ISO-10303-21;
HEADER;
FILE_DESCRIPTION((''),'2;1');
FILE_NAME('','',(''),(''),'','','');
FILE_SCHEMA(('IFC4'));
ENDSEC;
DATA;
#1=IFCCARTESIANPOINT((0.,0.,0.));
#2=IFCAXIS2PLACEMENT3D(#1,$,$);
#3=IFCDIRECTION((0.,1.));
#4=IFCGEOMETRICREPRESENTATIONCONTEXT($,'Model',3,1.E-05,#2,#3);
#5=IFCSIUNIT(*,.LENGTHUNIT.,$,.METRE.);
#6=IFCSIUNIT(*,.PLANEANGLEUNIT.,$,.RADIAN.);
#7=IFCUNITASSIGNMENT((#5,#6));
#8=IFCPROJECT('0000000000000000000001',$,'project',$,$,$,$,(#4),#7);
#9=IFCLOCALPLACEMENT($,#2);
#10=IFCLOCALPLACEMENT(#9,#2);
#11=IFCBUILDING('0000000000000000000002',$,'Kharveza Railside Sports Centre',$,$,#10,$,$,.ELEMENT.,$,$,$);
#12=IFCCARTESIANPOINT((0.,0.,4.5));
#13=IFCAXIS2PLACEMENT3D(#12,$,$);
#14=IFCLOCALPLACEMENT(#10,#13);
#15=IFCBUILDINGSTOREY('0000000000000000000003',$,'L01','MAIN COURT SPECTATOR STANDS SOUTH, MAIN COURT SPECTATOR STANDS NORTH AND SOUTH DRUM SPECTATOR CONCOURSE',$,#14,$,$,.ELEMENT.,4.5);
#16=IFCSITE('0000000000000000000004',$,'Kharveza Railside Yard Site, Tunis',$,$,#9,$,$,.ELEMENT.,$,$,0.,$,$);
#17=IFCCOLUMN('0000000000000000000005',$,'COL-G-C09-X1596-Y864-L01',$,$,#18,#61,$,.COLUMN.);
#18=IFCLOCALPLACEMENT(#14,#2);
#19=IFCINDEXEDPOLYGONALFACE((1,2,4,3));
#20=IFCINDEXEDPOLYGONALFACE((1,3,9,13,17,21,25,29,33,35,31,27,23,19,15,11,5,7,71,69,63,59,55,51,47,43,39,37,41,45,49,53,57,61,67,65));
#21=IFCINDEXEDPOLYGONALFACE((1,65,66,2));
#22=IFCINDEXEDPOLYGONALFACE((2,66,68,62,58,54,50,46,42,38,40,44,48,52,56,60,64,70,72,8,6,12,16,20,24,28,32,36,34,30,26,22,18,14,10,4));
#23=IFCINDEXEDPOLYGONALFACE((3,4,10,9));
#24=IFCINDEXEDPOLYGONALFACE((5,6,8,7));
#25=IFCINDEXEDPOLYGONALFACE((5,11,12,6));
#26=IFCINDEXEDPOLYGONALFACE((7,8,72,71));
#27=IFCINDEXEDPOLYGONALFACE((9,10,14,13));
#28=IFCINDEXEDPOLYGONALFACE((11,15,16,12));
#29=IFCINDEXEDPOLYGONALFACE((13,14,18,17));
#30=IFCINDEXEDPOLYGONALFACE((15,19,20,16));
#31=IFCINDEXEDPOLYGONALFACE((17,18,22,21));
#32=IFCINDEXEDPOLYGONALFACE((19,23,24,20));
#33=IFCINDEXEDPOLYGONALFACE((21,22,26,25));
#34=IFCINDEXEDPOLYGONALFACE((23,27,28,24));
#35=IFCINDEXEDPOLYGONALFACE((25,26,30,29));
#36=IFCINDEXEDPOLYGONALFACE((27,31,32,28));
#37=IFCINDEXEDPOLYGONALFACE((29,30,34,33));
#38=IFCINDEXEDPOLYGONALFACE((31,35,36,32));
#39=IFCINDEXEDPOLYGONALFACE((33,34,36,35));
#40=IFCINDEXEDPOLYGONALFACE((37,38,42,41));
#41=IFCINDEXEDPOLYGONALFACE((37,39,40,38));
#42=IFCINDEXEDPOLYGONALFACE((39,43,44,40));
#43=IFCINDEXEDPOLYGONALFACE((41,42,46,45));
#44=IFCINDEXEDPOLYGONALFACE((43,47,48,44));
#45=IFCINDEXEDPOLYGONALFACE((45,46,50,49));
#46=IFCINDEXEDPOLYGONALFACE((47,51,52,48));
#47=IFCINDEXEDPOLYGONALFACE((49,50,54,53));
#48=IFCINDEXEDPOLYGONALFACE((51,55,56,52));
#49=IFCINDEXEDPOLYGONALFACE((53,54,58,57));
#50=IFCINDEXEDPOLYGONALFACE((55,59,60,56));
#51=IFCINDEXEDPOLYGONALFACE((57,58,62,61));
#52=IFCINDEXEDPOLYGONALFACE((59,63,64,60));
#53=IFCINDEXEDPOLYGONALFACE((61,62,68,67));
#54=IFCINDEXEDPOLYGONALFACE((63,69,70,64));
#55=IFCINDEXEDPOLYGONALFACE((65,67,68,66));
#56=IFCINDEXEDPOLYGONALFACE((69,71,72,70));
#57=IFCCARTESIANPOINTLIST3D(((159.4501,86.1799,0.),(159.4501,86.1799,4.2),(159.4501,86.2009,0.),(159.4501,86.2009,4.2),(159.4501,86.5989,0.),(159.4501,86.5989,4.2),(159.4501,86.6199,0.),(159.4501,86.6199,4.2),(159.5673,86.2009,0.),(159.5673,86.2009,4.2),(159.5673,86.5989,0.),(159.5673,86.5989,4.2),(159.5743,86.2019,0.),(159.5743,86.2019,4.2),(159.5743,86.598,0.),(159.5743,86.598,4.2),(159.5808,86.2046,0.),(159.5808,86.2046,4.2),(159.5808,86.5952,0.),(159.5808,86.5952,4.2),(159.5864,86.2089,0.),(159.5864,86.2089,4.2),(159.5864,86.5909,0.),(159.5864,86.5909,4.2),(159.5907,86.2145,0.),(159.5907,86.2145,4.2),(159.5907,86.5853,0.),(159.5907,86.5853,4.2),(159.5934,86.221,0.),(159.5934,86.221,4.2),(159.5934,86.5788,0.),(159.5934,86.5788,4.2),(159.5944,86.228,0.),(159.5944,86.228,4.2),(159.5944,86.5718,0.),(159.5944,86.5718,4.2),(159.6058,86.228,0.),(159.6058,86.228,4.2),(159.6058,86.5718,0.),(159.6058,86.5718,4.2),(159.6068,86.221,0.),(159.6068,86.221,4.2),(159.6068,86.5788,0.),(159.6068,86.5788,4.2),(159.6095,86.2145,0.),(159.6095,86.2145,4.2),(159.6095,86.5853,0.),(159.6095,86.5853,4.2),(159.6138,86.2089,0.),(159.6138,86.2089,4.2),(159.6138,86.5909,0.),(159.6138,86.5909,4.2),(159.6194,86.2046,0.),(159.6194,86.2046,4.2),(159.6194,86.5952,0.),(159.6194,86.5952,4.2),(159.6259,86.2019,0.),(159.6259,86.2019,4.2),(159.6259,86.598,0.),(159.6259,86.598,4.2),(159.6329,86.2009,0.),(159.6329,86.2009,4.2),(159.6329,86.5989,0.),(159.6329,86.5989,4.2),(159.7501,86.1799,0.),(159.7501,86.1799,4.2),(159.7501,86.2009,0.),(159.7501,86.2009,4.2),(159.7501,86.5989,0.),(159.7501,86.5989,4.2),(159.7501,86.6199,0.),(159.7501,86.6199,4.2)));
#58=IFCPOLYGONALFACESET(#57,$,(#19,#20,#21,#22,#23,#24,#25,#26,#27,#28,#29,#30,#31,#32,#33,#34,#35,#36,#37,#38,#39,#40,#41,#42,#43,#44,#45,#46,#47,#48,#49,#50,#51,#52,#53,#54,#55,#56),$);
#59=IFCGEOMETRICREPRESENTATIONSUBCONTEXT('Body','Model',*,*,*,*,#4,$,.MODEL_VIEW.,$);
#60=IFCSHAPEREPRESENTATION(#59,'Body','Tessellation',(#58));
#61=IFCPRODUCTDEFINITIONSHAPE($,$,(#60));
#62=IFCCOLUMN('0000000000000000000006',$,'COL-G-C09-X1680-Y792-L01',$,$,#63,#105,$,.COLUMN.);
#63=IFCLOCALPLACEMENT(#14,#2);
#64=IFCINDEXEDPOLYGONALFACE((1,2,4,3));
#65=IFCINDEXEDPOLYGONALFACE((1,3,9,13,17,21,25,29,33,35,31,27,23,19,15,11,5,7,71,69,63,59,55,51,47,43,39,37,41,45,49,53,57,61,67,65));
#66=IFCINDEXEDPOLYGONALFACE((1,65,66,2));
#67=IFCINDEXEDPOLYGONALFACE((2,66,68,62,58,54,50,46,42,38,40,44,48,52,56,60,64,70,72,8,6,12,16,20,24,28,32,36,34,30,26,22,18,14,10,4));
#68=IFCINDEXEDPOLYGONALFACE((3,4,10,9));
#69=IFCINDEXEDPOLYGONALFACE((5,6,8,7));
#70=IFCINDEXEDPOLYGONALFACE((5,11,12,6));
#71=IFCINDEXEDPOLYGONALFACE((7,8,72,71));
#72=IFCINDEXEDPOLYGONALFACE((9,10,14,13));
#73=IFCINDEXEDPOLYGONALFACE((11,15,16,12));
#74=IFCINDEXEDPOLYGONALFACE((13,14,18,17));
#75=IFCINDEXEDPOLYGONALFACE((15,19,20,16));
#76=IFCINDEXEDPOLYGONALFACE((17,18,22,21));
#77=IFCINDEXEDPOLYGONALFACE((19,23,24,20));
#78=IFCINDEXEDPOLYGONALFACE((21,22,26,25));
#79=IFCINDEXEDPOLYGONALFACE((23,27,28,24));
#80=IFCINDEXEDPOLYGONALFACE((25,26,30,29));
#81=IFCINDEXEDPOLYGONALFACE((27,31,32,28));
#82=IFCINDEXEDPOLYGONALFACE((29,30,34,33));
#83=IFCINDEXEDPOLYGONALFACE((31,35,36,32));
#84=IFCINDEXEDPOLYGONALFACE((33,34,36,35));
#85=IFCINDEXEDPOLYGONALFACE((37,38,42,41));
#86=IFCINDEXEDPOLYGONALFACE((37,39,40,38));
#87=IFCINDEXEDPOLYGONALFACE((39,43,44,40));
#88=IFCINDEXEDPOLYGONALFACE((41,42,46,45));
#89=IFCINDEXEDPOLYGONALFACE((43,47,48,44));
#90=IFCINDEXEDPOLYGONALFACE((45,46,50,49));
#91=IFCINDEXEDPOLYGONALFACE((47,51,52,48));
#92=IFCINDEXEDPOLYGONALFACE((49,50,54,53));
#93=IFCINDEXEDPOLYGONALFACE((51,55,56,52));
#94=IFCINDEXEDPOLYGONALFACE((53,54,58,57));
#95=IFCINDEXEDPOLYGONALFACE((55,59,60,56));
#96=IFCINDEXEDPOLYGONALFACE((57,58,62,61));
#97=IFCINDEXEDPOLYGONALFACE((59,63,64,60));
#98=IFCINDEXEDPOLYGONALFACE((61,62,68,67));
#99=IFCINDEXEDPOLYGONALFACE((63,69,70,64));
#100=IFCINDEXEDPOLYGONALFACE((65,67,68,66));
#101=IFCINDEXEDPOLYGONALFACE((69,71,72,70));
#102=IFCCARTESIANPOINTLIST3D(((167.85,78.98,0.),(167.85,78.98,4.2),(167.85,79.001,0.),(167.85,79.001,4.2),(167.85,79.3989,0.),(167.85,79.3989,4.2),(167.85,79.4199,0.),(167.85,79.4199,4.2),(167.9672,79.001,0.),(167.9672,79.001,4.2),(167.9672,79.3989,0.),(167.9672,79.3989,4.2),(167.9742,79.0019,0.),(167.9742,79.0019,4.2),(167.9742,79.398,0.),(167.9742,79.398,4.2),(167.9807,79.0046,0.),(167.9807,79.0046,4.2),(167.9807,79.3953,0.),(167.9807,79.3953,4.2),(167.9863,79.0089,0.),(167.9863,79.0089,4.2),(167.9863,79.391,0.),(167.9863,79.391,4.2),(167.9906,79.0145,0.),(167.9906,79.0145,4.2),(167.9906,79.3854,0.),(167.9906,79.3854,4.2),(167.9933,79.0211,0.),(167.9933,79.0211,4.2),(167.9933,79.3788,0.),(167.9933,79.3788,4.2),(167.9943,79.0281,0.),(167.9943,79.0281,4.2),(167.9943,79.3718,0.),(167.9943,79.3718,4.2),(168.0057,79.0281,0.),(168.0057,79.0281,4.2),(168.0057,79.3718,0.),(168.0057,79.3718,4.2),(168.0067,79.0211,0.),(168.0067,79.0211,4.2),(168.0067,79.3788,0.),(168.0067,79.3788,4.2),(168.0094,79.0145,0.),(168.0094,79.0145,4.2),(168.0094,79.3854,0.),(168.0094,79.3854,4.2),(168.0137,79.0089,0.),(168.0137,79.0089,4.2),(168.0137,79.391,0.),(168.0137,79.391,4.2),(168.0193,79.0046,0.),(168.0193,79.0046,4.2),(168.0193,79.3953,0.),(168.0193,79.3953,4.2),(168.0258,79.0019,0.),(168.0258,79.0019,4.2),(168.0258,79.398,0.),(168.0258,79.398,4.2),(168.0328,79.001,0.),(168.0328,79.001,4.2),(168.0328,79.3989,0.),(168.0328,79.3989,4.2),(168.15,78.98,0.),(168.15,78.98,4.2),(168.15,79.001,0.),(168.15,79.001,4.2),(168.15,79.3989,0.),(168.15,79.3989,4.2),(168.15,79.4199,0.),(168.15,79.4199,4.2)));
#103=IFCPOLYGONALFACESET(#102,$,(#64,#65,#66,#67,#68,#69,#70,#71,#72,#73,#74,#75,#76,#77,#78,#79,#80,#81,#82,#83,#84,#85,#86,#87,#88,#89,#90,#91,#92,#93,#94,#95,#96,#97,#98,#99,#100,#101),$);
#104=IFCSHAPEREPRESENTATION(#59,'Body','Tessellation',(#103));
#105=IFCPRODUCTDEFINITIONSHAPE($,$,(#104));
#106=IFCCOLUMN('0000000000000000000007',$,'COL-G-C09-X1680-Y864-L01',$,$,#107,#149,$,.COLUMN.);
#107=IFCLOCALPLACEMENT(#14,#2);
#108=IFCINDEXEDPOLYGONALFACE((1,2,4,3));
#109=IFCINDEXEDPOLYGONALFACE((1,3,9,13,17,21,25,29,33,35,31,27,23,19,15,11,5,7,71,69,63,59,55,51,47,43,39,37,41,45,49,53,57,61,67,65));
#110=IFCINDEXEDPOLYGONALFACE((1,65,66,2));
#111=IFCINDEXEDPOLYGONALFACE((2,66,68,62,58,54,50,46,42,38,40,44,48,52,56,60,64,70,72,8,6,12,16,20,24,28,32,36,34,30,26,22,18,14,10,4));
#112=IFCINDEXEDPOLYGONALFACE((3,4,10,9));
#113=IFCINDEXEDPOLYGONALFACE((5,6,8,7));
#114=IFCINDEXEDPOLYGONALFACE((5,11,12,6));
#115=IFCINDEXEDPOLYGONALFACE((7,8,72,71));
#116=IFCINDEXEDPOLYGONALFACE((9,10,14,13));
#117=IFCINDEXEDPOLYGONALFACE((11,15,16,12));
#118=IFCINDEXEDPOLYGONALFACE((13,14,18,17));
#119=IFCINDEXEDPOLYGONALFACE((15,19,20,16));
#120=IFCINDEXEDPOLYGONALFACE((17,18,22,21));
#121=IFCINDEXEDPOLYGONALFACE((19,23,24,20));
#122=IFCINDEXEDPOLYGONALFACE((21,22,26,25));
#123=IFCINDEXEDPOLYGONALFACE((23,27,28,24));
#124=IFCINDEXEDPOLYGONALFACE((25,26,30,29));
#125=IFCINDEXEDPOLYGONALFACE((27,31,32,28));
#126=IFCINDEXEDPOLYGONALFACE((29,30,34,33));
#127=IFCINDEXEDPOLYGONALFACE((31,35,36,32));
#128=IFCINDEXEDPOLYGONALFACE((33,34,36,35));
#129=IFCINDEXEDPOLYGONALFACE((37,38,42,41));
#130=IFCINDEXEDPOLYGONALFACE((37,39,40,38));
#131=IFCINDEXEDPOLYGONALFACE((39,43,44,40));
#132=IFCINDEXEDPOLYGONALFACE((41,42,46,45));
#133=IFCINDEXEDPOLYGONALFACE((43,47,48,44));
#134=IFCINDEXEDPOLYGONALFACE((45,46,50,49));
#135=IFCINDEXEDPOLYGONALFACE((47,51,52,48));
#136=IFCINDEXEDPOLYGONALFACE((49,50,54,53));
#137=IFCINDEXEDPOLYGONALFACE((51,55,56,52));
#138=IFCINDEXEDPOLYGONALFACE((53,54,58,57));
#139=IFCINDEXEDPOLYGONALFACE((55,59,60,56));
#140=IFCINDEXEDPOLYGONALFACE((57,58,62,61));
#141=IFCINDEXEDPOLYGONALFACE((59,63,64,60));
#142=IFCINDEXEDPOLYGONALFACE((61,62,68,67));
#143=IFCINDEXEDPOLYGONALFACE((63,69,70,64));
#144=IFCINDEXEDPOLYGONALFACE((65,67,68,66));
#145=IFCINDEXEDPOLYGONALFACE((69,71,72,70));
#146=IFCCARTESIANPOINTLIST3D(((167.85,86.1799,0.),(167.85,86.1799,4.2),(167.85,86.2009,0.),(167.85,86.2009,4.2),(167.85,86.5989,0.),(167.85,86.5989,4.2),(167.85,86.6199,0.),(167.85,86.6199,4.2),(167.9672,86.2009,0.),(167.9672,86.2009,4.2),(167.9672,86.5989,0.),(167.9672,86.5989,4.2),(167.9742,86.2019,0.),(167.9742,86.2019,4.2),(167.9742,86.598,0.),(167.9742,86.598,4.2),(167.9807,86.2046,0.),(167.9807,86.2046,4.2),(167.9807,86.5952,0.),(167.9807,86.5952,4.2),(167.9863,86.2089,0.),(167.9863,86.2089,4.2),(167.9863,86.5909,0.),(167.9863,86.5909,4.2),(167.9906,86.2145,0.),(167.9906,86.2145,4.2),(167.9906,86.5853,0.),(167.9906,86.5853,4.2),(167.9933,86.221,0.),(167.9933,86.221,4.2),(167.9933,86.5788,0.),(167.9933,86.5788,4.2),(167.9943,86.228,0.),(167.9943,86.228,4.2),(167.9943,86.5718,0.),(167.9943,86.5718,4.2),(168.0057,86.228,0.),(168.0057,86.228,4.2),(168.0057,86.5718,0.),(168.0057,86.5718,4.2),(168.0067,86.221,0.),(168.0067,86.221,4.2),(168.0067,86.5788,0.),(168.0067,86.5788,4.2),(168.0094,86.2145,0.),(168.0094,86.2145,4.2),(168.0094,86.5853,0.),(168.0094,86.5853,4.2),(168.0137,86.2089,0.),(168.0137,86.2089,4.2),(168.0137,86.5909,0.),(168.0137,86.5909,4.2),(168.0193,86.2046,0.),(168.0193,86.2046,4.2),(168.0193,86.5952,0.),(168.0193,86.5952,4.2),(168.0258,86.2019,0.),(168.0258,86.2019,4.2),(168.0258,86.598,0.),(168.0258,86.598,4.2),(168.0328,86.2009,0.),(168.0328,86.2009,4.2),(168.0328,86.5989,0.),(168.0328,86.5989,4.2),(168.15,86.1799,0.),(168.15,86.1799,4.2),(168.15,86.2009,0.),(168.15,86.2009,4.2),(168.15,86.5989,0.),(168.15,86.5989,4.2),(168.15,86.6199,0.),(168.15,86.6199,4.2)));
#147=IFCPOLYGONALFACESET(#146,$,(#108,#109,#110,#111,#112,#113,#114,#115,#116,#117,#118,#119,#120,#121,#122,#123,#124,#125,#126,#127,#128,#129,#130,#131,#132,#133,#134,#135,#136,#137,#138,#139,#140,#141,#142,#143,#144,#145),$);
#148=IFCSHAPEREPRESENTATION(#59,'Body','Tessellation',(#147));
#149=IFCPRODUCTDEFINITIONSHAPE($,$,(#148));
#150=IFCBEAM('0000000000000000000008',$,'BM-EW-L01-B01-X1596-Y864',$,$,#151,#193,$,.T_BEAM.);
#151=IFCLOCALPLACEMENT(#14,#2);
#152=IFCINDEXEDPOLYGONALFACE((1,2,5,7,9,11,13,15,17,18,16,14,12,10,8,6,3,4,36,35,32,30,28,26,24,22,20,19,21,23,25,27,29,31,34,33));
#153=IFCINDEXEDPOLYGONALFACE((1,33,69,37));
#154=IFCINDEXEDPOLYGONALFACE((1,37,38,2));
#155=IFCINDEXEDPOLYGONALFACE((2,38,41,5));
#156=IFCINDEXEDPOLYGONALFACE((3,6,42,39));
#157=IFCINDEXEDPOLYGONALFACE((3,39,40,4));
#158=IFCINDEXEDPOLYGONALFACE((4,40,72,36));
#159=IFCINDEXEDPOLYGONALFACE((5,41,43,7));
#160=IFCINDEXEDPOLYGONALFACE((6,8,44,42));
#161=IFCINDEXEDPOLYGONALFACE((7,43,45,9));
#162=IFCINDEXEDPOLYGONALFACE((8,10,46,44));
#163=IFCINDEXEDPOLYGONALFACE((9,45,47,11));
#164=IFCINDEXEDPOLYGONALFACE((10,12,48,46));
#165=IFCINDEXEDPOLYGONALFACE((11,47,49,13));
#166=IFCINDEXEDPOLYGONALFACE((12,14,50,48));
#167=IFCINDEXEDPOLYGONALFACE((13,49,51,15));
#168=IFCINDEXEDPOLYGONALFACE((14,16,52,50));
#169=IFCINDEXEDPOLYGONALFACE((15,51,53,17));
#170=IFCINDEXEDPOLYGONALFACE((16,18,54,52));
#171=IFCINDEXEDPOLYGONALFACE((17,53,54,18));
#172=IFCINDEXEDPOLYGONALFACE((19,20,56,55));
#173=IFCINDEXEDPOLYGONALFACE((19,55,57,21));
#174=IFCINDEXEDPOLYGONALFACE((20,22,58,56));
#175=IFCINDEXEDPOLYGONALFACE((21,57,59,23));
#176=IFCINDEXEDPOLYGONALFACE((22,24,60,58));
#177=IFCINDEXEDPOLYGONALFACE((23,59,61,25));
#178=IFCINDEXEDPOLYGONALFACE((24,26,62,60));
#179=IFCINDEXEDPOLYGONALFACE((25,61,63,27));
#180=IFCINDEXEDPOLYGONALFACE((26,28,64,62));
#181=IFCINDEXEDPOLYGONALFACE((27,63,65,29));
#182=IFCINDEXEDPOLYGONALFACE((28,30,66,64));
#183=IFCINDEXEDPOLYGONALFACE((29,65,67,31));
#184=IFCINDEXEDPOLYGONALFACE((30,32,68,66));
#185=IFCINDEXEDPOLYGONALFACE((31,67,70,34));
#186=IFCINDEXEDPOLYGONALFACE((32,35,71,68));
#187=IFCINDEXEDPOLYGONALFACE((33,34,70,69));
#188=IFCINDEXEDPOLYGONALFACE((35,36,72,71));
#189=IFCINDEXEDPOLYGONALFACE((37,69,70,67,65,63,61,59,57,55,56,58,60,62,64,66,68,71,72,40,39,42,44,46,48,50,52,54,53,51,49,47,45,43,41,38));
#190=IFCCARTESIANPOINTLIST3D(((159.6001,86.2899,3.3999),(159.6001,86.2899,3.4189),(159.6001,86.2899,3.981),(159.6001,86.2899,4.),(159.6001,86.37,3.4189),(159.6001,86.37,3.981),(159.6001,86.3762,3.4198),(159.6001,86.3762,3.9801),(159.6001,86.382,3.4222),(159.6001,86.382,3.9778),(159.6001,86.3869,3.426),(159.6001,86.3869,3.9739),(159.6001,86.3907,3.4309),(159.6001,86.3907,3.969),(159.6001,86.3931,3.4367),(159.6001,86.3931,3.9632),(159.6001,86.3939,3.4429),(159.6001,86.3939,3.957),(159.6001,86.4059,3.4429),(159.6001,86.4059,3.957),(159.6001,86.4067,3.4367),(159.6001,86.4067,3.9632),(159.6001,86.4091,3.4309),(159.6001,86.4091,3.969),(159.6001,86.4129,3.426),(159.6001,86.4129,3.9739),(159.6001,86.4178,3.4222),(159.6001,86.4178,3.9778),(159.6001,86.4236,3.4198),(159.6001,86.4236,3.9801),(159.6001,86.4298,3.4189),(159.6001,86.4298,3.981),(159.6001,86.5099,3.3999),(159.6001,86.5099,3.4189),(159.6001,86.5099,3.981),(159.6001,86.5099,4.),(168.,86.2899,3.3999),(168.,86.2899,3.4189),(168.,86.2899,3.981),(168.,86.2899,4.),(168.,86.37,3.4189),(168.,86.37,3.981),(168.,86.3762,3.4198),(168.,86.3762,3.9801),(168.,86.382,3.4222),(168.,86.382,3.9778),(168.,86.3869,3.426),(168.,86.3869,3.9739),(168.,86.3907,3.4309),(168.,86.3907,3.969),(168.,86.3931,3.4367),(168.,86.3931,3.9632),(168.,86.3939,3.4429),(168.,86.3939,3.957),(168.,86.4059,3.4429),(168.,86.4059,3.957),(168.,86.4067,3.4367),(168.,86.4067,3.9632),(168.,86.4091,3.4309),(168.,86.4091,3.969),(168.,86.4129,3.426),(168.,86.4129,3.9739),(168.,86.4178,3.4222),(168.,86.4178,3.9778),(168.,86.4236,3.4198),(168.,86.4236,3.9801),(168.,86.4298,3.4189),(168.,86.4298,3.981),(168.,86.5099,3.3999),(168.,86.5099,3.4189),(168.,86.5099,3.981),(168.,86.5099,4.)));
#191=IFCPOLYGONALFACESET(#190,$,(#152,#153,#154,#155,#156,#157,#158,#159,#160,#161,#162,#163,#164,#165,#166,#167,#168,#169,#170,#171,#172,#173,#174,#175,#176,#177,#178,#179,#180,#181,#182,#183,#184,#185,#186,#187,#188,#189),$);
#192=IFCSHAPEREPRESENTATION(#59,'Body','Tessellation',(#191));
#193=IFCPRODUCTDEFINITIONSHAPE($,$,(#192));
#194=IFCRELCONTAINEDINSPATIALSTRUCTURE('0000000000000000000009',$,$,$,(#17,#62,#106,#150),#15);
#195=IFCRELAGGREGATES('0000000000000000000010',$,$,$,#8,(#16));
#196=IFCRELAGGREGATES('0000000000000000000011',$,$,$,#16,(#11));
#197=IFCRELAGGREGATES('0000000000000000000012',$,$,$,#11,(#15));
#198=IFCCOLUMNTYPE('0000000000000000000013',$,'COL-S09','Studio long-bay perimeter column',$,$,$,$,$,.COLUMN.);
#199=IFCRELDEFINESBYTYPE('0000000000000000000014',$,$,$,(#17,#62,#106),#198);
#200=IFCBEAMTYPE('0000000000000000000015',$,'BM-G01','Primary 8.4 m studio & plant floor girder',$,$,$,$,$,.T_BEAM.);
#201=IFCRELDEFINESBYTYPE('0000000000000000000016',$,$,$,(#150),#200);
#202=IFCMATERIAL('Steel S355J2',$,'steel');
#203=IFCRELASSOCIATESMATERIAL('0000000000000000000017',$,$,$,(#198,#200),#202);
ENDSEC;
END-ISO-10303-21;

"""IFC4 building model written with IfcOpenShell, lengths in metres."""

from ifc_helpers import new_model, si_unit, direction, frame, origin, origin_2d, place, context, subcontext, project, spatial, i_section, extrude, material, material_profile, profile_set, type_object, element, save


model = new_model("IFC4")

# Units and contexts
model_context = context("Model", 3, precision=1e-05, world=origin(), true_north=direction((0.0, 1.0)))
body_context = subcontext(model_context, "Body", "Model", "MODEL_VIEW")
ifc_project = project(units=[si_unit("LENGTHUNIT", "METRE"), si_unit("PLANEANGLEUNIT", "RADIAN")], contexts=[model_context])

# Site, building, storey
site_placement = place(None, origin())
site = spatial("IfcSite", under=ifc_project, at=site_placement, Name="Kharveza Railside Yard Site, Tunis", CompositionType="ELEMENT", RefElevation=0.0)
building_placement = place(site_placement, origin())
building = spatial("IfcBuilding", under=site, at=building_placement, Name="Kharveza Railside Sports Centre", CompositionType="ELEMENT")
storey_placement = place(building_placement, frame((0.0, 0.0, 4.5)))
storey = spatial("IfcBuildingStorey", under=building, at=storey_placement, Name="L01", Description="MAIN COURT SPECTATOR STANDS SOUTH, MAIN COURT SPECTATOR STANDS NORTH AND SOUTH DRUM SPECTATOR CONCOURSE", CompositionType="ELEMENT", Elevation=4.5)

# Columns
ifc_material_1 = material(Name="Steel S355J2", Category="steel")
ifc_material_profile_1 = material_profile(ifc_material_1, i_section(OverallWidth=0.3, OverallDepth=0.4399, WebThickness=0.0115, FlangeThickness=0.021, FilletRadius=0.0271, at=origin_2d()), Name="HEA 450")
ifc_profile_set_1 = profile_set([ifc_material_profile_1], Name="Steel S355J2")
column_type = type_object("IfcColumnType", Name="COL-S09", Description="Studio long-bay perimeter column", PredefinedType="COLUMN", material=ifc_profile_set_1)
for number, where, z_axis, x_axis, name in (
    (1, (159.6001, 86.3999, 0.0), (0.0, 0.0, 1.0), (1.0, 0.0, 0.0), "COL-G-C09-X1596-Y864-L01"),
    (2, (168.0, 79.2, 0.0), (0.0, 0.0, 1.0), (1.0, 0.0, 0.0), "COL-G-C09-X1680-Y792-L01"),
    (3, (168.0, 86.3999, 0.0), (0.0, 0.0, 1.0), (1.0, 0.0, 0.0), "COL-G-C09-X1680-Y864-L01"),
):
    element("IfcColumn", number, at=place(storey_placement, frame(where, z_axis=z_axis, x_axis=x_axis)), inside=storey, type_object=column_type, Name=name, PredefinedType="COLUMN", context=body_context, shape_type="SweptSolid", body=[
        extrude(i_section(OverallWidth=0.3, OverallDepth=0.4399, WebThickness=0.0115, FlangeThickness=0.021, FilletRadius=0.0271, at=origin_2d()), origin(), (0.0, 0.0, 1.0), 4.2),
    ])

# Beam
ifc_material_profile_2 = material_profile(ifc_material_1, i_section(OverallWidth=0.22, OverallDepth=0.6001, WebThickness=0.012, FlangeThickness=0.019, FilletRadius=0.0239, at=origin_2d()), Name="IPE 600")
ifc_profile_set_2 = profile_set([ifc_material_profile_2], Name="Steel S355J2")
beam_type_1 = type_object("IfcBeamType", Name="BM-G01", Description="Primary 8.4 m studio & plant floor girder", PredefinedType="T_BEAM", material=ifc_profile_set_2)
beam_1_placement = place(storey_placement, frame((159.6001, 86.3999, 3.7), z_axis=(1.0, 0.0, 0.0), x_axis=(0.0, 1.0, 0.0)))
element("IfcBeam", 4, at=beam_1_placement, inside=storey, type_object=beam_type_1, Name="BM-EW-L01-B01-X1596-Y864", PredefinedType="T_BEAM", context=body_context, shape_type="SweptSolid", body=[
    extrude(i_section(OverallWidth=0.22, OverallDepth=0.6001, WebThickness=0.012, FlangeThickness=0.019, FilletRadius=0.0239, at=origin_2d()), origin(), (0.0, 0.0, 1.0), 8.3999),
])

save(model, "model.ifc")
